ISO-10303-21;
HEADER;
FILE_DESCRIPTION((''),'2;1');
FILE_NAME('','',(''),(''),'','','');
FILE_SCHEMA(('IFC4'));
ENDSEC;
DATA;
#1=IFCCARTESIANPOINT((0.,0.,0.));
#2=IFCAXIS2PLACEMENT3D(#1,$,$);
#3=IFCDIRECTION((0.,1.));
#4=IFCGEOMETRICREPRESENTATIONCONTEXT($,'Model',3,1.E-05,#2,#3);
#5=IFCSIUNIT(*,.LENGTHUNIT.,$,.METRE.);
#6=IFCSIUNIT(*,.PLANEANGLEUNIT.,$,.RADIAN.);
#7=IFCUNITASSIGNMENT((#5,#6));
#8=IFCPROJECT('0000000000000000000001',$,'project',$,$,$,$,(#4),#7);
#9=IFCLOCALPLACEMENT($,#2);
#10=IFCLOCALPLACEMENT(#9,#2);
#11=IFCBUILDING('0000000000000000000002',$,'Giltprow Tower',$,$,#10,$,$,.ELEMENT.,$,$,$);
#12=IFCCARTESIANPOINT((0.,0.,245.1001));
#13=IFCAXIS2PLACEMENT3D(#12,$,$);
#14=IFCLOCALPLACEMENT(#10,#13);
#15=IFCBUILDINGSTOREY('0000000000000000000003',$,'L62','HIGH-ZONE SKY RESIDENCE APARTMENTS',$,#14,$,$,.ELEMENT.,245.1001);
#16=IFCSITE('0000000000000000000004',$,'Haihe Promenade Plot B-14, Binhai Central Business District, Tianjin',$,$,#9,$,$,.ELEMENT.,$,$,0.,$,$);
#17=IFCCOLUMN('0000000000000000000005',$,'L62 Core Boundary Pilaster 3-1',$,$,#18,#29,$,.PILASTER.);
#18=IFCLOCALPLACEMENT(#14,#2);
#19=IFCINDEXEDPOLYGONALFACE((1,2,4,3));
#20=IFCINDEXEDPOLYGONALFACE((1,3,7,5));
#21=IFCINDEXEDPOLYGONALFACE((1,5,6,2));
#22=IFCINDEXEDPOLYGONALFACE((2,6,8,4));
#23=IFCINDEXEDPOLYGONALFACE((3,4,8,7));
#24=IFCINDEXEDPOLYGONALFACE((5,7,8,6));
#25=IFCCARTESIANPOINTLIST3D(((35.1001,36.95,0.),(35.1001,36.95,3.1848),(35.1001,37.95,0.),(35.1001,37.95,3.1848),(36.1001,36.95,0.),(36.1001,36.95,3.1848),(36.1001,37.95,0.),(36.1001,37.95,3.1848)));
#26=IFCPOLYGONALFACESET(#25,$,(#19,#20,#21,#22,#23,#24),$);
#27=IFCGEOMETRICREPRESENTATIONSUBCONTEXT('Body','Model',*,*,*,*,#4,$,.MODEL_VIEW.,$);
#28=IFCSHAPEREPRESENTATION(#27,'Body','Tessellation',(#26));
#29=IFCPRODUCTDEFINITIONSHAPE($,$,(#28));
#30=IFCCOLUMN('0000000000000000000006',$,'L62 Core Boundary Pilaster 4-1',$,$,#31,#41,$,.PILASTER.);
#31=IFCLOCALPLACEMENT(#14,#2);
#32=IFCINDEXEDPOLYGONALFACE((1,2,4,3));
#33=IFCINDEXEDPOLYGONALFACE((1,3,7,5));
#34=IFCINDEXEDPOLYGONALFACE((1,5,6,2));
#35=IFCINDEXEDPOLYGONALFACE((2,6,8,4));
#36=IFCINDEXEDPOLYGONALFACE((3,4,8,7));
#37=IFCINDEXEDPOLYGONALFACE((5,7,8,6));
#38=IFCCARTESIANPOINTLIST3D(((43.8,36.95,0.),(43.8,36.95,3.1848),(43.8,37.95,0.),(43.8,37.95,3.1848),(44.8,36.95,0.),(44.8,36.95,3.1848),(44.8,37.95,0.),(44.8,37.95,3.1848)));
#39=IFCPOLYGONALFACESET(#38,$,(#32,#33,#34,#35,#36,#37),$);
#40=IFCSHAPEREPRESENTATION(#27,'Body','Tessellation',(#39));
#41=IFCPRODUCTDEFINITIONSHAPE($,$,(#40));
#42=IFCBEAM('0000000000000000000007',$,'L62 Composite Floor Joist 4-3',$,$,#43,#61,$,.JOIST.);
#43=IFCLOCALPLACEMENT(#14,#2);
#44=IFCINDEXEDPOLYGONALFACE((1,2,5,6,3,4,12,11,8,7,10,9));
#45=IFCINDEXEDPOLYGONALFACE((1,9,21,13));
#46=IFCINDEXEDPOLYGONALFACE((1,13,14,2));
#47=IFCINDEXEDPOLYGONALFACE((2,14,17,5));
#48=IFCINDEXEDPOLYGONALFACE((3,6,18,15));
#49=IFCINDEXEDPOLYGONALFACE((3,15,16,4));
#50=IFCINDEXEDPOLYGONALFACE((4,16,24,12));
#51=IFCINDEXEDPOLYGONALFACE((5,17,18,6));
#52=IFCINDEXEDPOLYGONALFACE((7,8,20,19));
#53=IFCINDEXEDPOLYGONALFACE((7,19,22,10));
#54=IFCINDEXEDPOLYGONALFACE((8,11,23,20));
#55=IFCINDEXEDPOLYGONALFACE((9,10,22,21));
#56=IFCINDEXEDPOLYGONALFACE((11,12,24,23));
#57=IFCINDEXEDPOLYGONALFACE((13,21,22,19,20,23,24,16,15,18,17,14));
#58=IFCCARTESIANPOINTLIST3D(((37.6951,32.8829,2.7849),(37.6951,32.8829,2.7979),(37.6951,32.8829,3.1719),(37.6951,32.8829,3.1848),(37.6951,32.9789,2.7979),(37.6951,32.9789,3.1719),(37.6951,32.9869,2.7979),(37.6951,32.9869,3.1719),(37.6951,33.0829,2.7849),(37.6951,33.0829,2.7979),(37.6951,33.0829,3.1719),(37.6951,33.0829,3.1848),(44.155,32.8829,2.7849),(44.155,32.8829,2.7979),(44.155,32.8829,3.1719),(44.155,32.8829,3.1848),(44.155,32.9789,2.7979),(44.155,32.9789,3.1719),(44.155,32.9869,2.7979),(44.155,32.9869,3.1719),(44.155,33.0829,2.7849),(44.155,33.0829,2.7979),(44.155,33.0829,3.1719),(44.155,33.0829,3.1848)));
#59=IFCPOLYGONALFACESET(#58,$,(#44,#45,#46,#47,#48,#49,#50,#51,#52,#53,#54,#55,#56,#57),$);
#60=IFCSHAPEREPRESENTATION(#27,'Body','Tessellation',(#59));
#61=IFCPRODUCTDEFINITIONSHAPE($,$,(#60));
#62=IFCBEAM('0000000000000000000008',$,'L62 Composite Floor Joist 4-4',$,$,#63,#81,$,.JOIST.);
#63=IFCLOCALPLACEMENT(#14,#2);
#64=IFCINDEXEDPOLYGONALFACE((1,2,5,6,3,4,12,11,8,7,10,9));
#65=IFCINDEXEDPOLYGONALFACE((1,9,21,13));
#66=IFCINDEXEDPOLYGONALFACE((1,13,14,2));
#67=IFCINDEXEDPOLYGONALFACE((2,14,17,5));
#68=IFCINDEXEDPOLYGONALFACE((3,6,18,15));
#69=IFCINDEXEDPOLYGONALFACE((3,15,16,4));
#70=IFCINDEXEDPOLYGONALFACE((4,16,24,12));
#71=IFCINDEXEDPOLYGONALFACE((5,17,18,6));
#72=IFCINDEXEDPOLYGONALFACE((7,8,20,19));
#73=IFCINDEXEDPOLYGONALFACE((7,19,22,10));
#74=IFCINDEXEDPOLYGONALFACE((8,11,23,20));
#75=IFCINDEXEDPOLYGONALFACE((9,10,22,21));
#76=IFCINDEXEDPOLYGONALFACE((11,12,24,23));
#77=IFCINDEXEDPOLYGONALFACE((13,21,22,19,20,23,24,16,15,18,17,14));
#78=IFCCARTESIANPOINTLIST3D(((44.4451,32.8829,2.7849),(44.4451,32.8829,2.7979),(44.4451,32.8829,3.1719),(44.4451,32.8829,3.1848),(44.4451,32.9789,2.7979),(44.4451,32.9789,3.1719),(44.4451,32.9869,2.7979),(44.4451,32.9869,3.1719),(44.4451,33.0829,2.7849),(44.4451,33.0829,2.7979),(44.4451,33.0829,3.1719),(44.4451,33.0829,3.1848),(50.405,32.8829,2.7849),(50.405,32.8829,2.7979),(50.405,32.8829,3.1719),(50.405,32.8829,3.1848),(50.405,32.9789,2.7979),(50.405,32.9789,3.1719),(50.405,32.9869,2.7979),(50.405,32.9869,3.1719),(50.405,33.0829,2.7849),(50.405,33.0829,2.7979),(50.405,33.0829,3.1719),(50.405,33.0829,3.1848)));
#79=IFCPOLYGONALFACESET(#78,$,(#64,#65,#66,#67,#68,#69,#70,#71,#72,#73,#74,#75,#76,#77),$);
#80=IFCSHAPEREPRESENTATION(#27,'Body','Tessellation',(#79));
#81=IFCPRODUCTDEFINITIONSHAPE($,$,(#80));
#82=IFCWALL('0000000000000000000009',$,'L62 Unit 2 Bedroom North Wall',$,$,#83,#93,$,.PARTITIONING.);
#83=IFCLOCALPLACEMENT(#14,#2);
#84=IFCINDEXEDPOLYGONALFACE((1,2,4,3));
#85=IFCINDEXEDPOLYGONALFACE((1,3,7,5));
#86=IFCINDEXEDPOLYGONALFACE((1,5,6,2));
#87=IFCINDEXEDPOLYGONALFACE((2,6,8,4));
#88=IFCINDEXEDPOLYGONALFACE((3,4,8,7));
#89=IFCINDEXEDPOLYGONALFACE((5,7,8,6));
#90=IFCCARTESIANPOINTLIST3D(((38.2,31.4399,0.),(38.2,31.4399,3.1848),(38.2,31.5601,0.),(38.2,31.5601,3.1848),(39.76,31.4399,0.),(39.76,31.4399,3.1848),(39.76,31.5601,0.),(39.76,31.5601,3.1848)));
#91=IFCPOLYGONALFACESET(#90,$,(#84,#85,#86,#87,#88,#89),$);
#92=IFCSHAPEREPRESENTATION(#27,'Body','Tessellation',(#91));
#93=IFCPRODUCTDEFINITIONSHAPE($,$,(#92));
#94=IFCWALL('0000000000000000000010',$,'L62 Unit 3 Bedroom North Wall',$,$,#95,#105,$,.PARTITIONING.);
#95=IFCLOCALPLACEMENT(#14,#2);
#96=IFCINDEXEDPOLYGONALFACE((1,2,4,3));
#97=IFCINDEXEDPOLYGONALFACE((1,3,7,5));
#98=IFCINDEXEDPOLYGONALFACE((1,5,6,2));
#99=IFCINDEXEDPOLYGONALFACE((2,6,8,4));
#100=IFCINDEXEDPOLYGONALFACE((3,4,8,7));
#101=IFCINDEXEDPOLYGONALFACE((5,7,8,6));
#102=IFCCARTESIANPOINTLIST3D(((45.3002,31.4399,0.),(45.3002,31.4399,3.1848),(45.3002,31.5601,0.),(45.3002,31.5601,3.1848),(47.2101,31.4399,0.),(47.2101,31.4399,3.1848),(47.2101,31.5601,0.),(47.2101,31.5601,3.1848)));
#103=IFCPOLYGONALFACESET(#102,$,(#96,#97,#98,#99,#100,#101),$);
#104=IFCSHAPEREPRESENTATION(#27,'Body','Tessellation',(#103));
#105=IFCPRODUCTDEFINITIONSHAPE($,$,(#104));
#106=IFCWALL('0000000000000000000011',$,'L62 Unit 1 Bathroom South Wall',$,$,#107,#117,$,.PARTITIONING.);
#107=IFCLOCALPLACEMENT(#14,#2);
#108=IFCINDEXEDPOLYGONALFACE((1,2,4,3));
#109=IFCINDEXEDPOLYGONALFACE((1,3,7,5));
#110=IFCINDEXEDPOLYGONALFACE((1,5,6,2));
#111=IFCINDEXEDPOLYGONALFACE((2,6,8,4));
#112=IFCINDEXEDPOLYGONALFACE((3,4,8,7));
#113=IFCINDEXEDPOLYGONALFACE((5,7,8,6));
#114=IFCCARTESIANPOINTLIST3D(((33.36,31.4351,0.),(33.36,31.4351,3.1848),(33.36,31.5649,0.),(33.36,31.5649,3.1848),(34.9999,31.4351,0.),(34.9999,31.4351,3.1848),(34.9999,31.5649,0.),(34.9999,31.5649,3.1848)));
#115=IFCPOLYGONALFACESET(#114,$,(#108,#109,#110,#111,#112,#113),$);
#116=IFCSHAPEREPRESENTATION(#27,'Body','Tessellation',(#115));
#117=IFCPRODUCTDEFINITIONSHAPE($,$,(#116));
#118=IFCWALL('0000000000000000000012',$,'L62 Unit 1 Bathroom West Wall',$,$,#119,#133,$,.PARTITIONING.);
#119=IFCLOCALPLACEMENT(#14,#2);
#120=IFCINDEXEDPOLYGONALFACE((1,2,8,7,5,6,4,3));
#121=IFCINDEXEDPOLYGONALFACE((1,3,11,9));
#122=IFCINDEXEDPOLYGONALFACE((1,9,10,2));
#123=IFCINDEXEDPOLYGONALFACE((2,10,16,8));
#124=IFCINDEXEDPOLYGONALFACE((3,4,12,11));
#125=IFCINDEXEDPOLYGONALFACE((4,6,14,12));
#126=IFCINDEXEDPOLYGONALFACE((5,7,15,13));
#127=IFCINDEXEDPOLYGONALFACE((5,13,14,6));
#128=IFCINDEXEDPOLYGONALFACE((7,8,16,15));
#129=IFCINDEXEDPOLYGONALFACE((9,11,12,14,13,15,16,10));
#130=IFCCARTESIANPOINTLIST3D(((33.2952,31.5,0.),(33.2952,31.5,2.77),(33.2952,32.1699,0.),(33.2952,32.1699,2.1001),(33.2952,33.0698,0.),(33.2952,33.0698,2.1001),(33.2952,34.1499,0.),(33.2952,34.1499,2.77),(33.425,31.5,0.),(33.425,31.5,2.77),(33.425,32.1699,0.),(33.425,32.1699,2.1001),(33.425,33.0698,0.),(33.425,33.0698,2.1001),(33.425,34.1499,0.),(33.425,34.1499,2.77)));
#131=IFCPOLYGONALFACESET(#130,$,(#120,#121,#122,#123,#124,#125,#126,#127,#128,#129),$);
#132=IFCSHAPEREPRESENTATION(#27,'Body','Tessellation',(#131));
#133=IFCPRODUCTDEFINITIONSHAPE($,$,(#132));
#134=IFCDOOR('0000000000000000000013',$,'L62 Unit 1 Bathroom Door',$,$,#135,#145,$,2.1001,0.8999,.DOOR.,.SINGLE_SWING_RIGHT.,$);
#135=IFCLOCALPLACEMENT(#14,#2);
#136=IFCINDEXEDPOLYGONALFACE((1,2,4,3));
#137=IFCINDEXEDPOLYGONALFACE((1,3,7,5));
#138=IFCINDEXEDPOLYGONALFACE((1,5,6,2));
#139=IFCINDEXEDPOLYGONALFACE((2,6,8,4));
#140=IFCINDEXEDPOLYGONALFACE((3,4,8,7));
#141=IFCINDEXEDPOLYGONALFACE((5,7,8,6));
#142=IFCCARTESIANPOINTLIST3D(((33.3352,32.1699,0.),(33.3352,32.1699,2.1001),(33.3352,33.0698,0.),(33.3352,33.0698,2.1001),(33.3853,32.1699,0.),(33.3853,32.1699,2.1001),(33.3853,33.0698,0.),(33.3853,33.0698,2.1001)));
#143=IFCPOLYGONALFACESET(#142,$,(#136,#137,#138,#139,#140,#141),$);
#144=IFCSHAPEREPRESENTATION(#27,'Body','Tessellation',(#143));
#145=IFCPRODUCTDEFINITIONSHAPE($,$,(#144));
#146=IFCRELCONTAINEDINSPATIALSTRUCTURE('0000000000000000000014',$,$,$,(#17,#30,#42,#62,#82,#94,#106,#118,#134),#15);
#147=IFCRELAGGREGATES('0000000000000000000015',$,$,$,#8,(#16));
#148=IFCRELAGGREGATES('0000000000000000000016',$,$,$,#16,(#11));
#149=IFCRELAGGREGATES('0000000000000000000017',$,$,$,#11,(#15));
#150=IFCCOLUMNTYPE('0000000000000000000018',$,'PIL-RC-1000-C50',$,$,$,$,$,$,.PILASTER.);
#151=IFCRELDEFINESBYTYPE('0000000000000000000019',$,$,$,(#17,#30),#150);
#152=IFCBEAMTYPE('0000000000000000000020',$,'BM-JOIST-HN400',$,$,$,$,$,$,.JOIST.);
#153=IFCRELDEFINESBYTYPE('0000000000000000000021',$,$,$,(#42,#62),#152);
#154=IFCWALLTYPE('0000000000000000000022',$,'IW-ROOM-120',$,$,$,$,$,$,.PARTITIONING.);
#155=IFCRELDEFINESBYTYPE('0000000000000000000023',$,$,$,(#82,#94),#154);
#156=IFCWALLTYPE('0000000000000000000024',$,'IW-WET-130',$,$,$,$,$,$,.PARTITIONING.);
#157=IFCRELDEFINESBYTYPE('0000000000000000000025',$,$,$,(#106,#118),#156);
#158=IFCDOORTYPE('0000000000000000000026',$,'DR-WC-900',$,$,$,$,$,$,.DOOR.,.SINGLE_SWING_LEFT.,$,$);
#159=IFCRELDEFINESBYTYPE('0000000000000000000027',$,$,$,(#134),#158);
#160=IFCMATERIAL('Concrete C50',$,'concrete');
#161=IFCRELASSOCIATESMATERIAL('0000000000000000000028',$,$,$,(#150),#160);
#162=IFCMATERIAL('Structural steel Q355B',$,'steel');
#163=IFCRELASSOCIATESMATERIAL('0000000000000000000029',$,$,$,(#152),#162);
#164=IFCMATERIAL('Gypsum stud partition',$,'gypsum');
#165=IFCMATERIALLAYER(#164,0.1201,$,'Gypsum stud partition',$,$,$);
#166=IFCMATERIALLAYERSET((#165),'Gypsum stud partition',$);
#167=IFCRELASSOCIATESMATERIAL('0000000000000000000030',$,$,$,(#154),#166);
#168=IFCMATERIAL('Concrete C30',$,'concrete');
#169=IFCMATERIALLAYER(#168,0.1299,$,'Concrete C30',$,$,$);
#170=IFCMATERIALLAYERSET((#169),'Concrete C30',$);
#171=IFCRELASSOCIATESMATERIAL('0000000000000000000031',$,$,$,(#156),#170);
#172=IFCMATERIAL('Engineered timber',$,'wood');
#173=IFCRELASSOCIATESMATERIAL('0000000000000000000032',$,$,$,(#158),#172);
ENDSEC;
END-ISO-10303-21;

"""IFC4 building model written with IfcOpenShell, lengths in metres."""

from ifc_helpers import new_model, si_unit, direction, frame, frame_2d, origin, origin_2d, place, context, subcontext, project, spatial, rectangle, i_section, extrude, source, transform, mapped, material, layer, layer_set, material_profile, profile_set, type_object, element, fill, save


model = new_model("IFC4")

# Units and contexts
model_context = context("Model", 3, precision=1e-05, world=origin(), true_north=direction((0.0, 1.0)))
body_context = subcontext(model_context, "Body", "Model", "MODEL_VIEW")
ifc_project = project(units=[si_unit("LENGTHUNIT", "METRE"), si_unit("PLANEANGLEUNIT", "RADIAN")], contexts=[model_context])

# Site, building, storey
site_placement = place(None, origin())
site = spatial("IfcSite", under=ifc_project, at=site_placement, Name="Haihe Promenade Plot B-14, Binhai Central Business District, Tianjin", CompositionType="ELEMENT", RefElevation=0.0)
building_placement = place(site_placement, origin())
building = spatial("IfcBuilding", under=site, at=building_placement, Name="Giltprow Tower", CompositionType="ELEMENT")
storey_placement = place(building_placement, frame((0.0, 0.0, 245.1001)))
storey = spatial("IfcBuildingStorey", under=building, at=storey_placement, Name="L62", Description="HIGH-ZONE SKY RESIDENCE APARTMENTS", CompositionType="ELEMENT", Elevation=245.1001)

# Columns
ifc_material_1 = material(Name="Concrete C50", Category="concrete")
ifc_material_profile_1 = material_profile(ifc_material_1, rectangle(XDim=1.0, YDim=1.0, at=origin_2d()), Name="RC 1000x1000")
ifc_profile_set_1 = profile_set([ifc_material_profile_1], Name="Concrete C50")
column_type = type_object("IfcColumnType", Name="PIL-RC-1000-C50", PredefinedType="PILASTER", material=ifc_profile_set_1)
shared_shape_1 = source(origin(), body_context, "Body", "SweptSolid", [
    extrude(rectangle(XDim=1.0, YDim=1.0, at=origin_2d()), origin(), (0.0, 0.0, 1.0), 3.1848),
])
for number, where, z_axis, x_axis, name in (
    (1, (35.6001, 37.45, 0.0), (0.0, 0.0, 1.0), (1.0, 0.0, 0.0), "L62 Core Boundary Pilaster 3-1"),
    (2, (44.3, 37.45, 0.0), (0.0, 0.0, 1.0), (1.0, 0.0, 0.0), "L62 Core Boundary Pilaster 4-1"),
):
    element("IfcColumn", number, at=place(storey_placement, frame(where, z_axis=z_axis, x_axis=x_axis)), inside=storey, type_object=column_type, Name=name, PredefinedType="PILASTER", context=body_context, shape_type="MappedRepresentation", body=[
        mapped(shared_shape_1, transform((0.0, 0.0, 0.0), x_axis=(1.0, 0.0, 0.0), y_axis=(0.0, 1.0, 0.0), z_axis=(0.0, 0.0, 1.0), scale=1.0)),
    ])

# Beams
ifc_material_2 = material(Name="Structural steel Q355B", Category="steel")
ifc_material_profile_2 = material_profile(ifc_material_2, i_section(OverallWidth=0.2, OverallDepth=0.3999, WebThickness=0.0081, FlangeThickness=0.0129, at=origin_2d()), Name="HN 400x200x8x13")
ifc_profile_set_2 = profile_set([ifc_material_profile_2], Name="Structural steel Q355B")
beam_type = type_object("IfcBeamType", Name="BM-JOIST-HN400", PredefinedType="JOIST", material=ifc_profile_set_2)
shared_shape_2 = source(origin(), body_context, "Body", "SweptSolid", [
    extrude(i_section(OverallWidth=0.2, OverallDepth=0.3999, WebThickness=0.0081, FlangeThickness=0.0129, at=origin_2d()), origin(), (0.0, 0.0, 1.0), 6.46),
])
beam_1_placement = place(storey_placement, frame((37.6951, 32.9829, 2.9849), z_axis=(1.0, 0.0, 0.0), x_axis=(0.0, 1.0, 0.0)))
element("IfcBeam", 3, at=beam_1_placement, inside=storey, type_object=beam_type, Name="L62 Composite Floor Joist 4-3", PredefinedType="JOIST", context=body_context, shape_type="MappedRepresentation", body=[
    mapped(shared_shape_2, transform((0.0, 0.0, 0.0), x_axis=(1.0, 0.0, 0.0), y_axis=(0.0, 1.0, 0.0), z_axis=(0.0, 0.0, 1.0), scale=1.0)),
])
shared_shape_3 = source(origin(), body_context, "Body", "SweptSolid", [
    extrude(i_section(OverallWidth=0.2, OverallDepth=0.3999, WebThickness=0.0081, FlangeThickness=0.0129, at=origin_2d()), origin(), (0.0, 0.0, 1.0), 5.96),
])
beam_2_placement = place(storey_placement, frame((44.4451, 32.9829, 2.9849), z_axis=(1.0, 0.0, 0.0), x_axis=(0.0, 1.0, 0.0)))
element("IfcBeam", 4, at=beam_2_placement, inside=storey, type_object=beam_type, Name="L62 Composite Floor Joist 4-4", PredefinedType="JOIST", context=body_context, shape_type="MappedRepresentation", body=[
    mapped(shared_shape_3, transform((0.0, 0.0, 0.0), x_axis=(1.0, 0.0, 0.0), y_axis=(0.0, 1.0, 0.0), z_axis=(0.0, 0.0, 1.0), scale=1.0)),
])

# Walls
ifc_material_3 = material(Name="Gypsum stud partition", Category="gypsum")
ifc_layer_1 = layer(ifc_material_3, 0.1201, Name="Gypsum stud partition")
ifc_layer_set_1 = layer_set([ifc_layer_1], Name="Gypsum stud partition")
wall_type_1 = type_object("IfcWallType", Name="IW-ROOM-120", PredefinedType="PARTITIONING", material=ifc_layer_set_1)
wall_1_placement = place(storey_placement, frame((38.2, 31.5, 0.0), z_axis=(0.0, 0.0, 1.0), x_axis=(1.0, 0.0, 0.0)))
element("IfcWall", 5, at=wall_1_placement, inside=storey, type_object=wall_type_1, Name="L62 Unit 2 Bedroom North Wall", PredefinedType="PARTITIONING", context=body_context, shape_type="SweptSolid", body=[
    extrude(rectangle(XDim=1.5601, YDim=0.1201, at=frame_2d((0.78, 0.0))), origin(), (0.0, 0.0, 1.0), 3.1848),
])
wall_2_placement = place(storey_placement, frame((45.3, 31.5, 0.0), z_axis=(0.0, 0.0, 1.0), x_axis=(1.0, 0.0, 0.0)))
element("IfcWall", 6, at=wall_2_placement, inside=storey, type_object=wall_type_1, Name="L62 Unit 3 Bedroom North Wall", PredefinedType="PARTITIONING", context=body_context, shape_type="SweptSolid", body=[
    extrude(rectangle(XDim=1.9099, YDim=0.1201, at=frame_2d((0.9551, 0.0))), origin(), (0.0, 0.0, 1.0), 3.1848),
])
ifc_material_4 = material(Name="Concrete C30", Category="concrete")
ifc_layer_2 = layer(ifc_material_4, 0.1299, Name="Concrete C30")
ifc_layer_set_2 = layer_set([ifc_layer_2], Name="Concrete C30")
wall_type_2 = type_object("IfcWallType", Name="IW-WET-130", PredefinedType="PARTITIONING", material=ifc_layer_set_2)
wall_3_placement = place(storey_placement, frame((33.3601, 31.5, 0.0), z_axis=(0.0, 0.0, 1.0), x_axis=(1.0, 0.0, 0.0)))
element("IfcWall", 7, at=wall_3_placement, inside=storey, type_object=wall_type_2, Name="L62 Unit 1 Bathroom South Wall", PredefinedType="PARTITIONING", context=body_context, shape_type="SweptSolid", body=[
    extrude(rectangle(XDim=1.6399, YDim=0.1299, at=frame_2d((0.8198, 0.0))), origin(), (0.0, 0.0, 1.0), 3.1848),
])

# Wall, opening, door
wall_4_placement = place(storey_placement, frame((33.3601, 31.5, 0.0), z_axis=(0.0, 0.0, 1.0), x_axis=(0.0, 1.0, 0.0)))
wall_4 = element("IfcWall", 8, at=wall_4_placement, inside=storey, type_object=wall_type_2, Name="L62 Unit 1 Bathroom West Wall", PredefinedType="PARTITIONING", context=body_context, shape_type="SweptSolid", body=[
    extrude(rectangle(XDim=2.6499, YDim=0.1299, at=frame_2d((1.325, 0.0))), origin(), (0.0, 0.0, 1.0), 2.77),
])
opening_1_placement = place(wall_4_placement, frame((0.6699, 0.0, 0.0)))
opening_1 = element("IfcOpeningElement", 9, at=opening_1_placement, cuts=wall_4, PredefinedType="OPENING", context=body_context, shape_type="SweptSolid", body=[
    extrude(rectangle(XDim=0.8999, YDim=2.1001, at=frame_2d((0.45, 1.05))), frame((0.0, 0.075, 0.0), z_axis=(0.0, -1.0, 0.0), x_axis=(1.0, 0.0, 0.0)), (0.0, 0.0, 1.0), 0.1499),
])
ifc_material_5 = material(Name="Engineered timber", Category="wood")
door_type_1 = type_object("IfcDoorType", Name="DR-WC-900", OperationType="SINGLE_SWING_LEFT", PredefinedType="DOOR", material=ifc_material_5)
shared_shape_4 = source(origin(), body_context, "Body", "SweptSolid", [
    extrude(rectangle(XDim=0.8999, YDim=2.1001, at=frame_2d((0.45, 1.05))), frame((0.0, 0.0249, 0.0), z_axis=(0.0, -1.0, 0.0), x_axis=(1.0, 0.0, 0.0)), (0.0, 0.0, 1.0), 0.05),
])
door_1_placement = place(opening_1_placement, origin())
door_1 = element("IfcDoor", 10, at=door_1_placement, inside=storey, type_object=door_type_1, Name="L62 Unit 1 Bathroom Door", OperationType="SINGLE_SWING_RIGHT", OverallHeight=2.1001, OverallWidth=0.8999, PredefinedType="DOOR", context=body_context, shape_type="MappedRepresentation", body=[
    mapped(shared_shape_4, transform((0.0, 0.0, 0.0), x_axis=(1.0, 0.0, 0.0), y_axis=(0.0, 1.0, 0.0), z_axis=(0.0, 0.0, 1.0), scale=1.0)),
])
fill(opening_1, door_1)

save(model, "model.ifc")
